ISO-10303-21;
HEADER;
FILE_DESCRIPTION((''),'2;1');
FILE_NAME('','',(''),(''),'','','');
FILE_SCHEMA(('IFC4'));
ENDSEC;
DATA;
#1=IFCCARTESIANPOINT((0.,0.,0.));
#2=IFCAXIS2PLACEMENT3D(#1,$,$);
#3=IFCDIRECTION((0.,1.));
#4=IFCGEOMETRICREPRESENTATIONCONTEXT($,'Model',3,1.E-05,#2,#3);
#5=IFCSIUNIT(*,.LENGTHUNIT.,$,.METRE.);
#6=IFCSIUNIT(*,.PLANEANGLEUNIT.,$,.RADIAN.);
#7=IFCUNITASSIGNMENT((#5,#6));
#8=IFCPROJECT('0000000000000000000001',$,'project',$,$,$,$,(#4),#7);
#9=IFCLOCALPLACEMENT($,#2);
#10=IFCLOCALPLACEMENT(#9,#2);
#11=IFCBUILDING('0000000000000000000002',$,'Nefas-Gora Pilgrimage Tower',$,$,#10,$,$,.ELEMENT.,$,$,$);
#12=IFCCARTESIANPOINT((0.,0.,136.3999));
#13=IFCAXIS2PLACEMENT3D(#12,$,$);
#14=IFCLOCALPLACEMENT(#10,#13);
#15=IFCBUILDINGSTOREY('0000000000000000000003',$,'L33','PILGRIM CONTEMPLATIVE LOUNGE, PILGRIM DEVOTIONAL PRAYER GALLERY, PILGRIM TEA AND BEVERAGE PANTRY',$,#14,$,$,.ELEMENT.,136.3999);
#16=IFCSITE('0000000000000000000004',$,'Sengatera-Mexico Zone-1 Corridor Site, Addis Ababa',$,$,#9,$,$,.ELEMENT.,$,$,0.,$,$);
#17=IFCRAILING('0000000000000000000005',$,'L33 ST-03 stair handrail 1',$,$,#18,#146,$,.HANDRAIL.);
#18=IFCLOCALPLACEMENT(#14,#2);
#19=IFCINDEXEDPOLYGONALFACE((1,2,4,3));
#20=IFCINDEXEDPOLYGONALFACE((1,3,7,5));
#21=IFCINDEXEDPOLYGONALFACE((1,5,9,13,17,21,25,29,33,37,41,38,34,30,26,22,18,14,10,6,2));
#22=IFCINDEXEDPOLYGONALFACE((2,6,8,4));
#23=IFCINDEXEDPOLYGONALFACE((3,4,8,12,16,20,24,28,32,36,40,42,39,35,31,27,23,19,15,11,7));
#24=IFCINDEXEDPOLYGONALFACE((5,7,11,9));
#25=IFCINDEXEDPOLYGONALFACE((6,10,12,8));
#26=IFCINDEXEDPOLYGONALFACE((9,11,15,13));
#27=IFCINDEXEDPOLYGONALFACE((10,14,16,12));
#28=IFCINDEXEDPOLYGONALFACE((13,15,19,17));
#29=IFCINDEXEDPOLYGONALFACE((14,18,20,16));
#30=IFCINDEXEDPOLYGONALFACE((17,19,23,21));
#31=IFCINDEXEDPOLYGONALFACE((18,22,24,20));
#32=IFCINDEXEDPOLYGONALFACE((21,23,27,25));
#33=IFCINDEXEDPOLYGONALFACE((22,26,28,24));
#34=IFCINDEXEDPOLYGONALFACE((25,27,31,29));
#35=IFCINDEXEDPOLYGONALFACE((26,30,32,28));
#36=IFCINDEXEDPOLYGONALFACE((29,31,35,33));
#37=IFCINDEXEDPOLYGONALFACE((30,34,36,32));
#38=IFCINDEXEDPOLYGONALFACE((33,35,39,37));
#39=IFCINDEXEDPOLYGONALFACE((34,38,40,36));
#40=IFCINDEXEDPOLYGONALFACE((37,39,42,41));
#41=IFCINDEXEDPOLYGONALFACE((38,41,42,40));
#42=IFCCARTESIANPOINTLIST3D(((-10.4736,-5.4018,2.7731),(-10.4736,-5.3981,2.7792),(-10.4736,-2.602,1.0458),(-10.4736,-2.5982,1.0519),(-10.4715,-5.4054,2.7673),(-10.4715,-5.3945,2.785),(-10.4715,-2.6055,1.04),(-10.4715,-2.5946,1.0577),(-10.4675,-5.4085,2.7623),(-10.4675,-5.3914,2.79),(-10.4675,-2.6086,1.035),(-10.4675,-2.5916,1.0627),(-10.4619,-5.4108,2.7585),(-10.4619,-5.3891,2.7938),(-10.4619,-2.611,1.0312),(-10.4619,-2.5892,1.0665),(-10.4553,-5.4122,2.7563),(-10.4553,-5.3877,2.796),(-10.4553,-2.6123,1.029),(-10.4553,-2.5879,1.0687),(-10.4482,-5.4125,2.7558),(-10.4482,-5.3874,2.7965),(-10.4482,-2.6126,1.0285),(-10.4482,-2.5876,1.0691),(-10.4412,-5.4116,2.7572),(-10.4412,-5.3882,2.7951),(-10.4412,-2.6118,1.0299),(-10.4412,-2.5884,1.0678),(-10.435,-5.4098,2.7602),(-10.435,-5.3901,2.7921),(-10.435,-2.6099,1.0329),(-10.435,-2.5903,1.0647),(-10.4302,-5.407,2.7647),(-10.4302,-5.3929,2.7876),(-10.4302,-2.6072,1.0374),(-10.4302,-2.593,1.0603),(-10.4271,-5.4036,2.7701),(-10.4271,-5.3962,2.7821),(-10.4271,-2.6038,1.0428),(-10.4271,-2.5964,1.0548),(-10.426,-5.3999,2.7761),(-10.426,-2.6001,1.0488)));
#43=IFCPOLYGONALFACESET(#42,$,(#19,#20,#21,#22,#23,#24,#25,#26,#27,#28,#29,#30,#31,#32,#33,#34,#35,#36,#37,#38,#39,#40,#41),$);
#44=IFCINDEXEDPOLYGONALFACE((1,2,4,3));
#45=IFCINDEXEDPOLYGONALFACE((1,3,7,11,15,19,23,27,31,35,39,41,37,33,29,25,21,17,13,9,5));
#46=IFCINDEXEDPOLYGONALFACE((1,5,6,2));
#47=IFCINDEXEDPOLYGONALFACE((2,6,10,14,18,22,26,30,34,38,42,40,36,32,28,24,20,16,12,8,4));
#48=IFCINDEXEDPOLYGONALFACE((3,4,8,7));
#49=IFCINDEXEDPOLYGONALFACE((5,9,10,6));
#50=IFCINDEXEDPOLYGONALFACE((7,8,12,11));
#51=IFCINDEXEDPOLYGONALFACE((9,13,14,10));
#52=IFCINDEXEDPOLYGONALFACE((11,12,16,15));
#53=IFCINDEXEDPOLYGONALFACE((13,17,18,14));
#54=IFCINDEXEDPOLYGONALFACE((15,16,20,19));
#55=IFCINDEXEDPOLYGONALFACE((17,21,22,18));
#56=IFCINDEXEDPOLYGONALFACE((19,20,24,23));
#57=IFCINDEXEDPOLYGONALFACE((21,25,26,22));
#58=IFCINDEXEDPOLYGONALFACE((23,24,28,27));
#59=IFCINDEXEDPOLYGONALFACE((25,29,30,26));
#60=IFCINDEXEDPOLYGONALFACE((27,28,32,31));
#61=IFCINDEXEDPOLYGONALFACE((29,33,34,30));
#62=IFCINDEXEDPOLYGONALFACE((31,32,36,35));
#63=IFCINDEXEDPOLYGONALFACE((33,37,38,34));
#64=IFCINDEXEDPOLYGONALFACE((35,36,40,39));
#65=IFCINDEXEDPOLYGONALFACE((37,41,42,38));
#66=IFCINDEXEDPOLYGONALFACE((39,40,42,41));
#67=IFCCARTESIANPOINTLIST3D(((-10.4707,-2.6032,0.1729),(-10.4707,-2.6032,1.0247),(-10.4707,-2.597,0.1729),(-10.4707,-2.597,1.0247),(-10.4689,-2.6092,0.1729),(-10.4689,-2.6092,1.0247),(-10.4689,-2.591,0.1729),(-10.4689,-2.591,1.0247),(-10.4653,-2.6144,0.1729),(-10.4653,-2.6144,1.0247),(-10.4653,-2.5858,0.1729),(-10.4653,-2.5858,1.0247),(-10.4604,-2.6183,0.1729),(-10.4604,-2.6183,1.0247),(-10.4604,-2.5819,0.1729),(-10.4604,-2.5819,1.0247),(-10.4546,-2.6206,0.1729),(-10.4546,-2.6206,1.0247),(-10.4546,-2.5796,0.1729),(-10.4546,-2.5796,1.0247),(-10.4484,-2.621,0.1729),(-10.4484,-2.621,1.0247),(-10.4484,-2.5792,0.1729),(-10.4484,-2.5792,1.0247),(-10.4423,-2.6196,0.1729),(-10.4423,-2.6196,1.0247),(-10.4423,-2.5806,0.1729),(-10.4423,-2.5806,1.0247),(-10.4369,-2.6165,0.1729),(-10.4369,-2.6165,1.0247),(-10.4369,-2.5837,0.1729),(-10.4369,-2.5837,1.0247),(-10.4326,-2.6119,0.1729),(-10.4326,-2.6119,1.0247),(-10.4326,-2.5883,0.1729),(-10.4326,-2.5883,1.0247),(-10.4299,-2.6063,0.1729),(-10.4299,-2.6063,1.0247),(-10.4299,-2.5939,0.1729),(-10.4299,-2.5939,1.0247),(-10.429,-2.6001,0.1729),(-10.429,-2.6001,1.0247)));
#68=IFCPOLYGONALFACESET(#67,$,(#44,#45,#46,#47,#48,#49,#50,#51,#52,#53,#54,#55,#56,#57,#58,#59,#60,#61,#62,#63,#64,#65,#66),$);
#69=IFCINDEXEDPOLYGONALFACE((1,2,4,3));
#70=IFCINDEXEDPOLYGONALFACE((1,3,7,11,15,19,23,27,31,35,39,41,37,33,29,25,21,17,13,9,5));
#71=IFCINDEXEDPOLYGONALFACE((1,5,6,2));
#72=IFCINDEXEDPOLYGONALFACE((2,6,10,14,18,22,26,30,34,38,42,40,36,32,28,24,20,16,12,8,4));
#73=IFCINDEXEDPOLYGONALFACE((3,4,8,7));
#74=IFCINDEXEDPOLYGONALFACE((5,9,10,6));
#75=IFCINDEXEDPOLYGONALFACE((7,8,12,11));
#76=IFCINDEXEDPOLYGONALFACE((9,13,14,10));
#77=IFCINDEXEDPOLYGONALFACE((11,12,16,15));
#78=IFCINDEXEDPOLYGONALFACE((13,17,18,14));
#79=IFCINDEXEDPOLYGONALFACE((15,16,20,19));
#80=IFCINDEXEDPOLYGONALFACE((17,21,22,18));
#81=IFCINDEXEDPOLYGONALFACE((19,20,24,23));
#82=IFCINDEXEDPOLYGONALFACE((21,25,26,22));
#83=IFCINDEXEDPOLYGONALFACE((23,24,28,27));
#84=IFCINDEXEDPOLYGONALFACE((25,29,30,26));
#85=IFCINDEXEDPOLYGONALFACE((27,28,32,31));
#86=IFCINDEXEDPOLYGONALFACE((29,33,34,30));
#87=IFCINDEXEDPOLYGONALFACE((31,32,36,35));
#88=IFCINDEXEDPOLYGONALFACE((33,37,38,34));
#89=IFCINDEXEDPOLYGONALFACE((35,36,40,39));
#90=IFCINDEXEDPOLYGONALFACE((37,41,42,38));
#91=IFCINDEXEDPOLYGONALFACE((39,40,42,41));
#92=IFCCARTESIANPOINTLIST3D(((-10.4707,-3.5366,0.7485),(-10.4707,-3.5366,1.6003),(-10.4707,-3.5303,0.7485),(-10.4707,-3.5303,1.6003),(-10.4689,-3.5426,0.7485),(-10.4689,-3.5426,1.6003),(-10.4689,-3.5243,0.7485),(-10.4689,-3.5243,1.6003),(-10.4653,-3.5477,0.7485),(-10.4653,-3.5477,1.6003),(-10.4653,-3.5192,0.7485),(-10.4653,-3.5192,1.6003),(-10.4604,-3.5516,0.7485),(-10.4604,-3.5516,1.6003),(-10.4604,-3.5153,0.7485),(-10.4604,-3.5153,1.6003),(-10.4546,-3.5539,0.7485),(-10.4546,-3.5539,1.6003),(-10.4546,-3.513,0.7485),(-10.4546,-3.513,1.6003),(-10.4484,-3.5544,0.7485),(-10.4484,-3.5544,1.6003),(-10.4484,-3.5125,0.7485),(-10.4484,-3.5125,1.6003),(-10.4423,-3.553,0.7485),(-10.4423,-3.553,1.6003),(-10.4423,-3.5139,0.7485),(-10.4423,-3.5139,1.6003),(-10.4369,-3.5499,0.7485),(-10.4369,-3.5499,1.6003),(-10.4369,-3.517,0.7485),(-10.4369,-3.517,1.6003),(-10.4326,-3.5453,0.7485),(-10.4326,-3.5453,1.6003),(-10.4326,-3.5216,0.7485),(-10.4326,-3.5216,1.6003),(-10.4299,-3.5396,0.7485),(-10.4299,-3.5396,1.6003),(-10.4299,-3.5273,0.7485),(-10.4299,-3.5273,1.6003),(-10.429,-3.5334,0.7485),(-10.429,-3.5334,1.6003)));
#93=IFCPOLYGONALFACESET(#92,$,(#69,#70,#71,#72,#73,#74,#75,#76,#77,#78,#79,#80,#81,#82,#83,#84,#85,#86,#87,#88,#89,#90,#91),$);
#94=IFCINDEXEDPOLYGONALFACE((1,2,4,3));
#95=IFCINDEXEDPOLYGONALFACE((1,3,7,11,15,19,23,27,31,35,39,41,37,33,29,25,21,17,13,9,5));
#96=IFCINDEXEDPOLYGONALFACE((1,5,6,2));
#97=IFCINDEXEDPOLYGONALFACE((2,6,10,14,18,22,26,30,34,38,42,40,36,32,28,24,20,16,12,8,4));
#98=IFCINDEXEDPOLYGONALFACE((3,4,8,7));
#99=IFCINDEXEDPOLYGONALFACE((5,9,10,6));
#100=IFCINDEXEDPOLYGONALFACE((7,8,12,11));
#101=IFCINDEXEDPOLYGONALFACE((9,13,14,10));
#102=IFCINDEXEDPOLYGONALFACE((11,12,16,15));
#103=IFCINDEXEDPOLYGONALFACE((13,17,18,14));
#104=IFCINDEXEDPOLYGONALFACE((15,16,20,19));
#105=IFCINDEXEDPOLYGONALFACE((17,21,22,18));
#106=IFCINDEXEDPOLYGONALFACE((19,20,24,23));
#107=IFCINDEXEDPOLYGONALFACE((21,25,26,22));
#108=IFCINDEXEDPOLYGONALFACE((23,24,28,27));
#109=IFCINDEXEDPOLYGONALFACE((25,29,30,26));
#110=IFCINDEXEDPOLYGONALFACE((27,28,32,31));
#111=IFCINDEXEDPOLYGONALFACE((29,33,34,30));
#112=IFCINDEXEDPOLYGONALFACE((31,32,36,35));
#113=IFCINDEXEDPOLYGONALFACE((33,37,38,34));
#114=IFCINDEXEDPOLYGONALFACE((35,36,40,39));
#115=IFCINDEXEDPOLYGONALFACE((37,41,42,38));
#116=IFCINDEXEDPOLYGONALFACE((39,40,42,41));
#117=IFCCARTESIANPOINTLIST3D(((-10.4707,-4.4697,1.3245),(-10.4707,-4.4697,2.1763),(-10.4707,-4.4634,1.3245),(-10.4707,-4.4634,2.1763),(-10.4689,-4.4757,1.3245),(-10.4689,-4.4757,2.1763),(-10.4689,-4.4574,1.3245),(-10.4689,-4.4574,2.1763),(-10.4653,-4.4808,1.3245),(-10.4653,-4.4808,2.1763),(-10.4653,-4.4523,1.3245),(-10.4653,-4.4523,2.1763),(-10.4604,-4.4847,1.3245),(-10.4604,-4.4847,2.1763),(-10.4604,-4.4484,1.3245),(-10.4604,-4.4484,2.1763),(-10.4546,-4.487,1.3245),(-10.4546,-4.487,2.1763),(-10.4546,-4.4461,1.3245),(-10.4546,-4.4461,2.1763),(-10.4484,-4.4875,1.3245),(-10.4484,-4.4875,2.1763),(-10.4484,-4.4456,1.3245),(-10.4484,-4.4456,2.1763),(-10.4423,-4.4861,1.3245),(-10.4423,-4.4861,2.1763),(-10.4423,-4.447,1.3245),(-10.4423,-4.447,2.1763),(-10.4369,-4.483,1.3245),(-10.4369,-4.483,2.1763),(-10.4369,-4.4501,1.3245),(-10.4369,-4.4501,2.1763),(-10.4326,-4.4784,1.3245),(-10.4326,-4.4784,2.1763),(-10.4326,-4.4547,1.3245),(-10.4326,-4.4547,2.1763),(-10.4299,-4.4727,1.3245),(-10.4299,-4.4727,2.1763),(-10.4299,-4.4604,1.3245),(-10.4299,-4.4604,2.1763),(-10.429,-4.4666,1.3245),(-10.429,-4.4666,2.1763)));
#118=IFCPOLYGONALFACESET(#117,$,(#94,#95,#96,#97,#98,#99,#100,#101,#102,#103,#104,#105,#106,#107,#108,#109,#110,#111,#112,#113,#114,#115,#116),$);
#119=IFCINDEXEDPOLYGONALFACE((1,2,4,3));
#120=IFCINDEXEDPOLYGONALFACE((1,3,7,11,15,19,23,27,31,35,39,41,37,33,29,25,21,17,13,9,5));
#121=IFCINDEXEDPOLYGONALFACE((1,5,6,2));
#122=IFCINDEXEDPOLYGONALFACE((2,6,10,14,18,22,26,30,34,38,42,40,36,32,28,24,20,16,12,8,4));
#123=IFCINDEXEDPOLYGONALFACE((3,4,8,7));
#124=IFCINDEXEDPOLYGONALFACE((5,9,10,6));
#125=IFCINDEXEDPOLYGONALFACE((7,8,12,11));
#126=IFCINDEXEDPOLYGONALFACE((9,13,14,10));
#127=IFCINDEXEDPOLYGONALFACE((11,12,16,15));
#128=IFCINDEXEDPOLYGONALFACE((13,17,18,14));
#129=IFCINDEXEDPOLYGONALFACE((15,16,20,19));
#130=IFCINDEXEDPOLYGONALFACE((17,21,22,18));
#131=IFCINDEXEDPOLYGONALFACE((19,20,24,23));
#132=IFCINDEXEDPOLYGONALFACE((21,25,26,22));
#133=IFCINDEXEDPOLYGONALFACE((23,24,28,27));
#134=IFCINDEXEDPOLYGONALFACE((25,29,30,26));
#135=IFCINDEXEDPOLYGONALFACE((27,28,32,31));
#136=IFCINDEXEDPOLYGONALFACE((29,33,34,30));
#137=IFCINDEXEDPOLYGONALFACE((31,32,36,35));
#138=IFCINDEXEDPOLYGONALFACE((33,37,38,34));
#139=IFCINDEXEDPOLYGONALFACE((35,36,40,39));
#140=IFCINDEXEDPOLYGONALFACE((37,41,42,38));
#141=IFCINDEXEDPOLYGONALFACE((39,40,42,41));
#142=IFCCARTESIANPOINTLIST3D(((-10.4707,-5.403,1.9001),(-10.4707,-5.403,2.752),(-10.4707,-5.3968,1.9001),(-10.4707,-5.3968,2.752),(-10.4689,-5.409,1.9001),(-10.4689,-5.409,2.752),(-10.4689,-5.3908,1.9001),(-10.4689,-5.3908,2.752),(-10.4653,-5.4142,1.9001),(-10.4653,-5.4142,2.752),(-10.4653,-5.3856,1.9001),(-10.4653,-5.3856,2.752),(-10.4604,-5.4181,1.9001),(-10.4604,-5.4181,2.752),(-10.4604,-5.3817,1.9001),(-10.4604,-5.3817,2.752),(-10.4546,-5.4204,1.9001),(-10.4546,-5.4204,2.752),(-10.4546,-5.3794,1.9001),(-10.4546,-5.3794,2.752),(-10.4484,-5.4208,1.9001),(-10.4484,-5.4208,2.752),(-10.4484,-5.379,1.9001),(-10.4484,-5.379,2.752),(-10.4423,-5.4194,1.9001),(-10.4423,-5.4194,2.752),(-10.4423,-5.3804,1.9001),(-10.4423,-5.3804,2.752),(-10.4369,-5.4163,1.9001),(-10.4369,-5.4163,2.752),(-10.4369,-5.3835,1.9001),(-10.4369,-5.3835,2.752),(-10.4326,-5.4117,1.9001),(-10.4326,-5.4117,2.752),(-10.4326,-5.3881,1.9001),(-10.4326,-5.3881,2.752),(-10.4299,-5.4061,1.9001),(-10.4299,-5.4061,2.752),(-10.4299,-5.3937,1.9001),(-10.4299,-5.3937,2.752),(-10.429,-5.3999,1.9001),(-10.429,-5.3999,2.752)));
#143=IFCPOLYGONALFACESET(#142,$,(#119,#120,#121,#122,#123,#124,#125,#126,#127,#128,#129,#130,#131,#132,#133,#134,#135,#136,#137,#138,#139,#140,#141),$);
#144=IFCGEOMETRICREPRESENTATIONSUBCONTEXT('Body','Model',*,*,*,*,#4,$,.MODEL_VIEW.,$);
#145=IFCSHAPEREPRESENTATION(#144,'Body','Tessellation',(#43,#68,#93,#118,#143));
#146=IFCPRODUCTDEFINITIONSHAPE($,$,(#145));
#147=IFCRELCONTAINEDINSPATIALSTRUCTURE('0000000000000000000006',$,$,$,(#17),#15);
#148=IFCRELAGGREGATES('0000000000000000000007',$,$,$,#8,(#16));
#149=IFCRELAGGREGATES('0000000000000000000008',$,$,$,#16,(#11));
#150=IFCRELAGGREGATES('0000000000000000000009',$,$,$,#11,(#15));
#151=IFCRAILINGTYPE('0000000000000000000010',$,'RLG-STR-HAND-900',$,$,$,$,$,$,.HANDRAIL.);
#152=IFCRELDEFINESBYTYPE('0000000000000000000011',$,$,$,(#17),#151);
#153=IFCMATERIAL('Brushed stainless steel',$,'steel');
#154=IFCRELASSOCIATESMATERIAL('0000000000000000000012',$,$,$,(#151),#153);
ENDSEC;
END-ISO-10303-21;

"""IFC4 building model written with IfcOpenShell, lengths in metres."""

from ifc_helpers import new_model, si_unit, direction, frame, origin, origin_2d, place, context, subcontext, project, spatial, circle, extrude, material, type_object, element, save


model = new_model("IFC4")

# Units and contexts
model_context = context("Model", 3, precision=1e-05, world=origin(), true_north=direction((0.0, 1.0)))
body_context = subcontext(model_context, "Body", "Model", "MODEL_VIEW")
ifc_project = project(units=[si_unit("LENGTHUNIT", "METRE"), si_unit("PLANEANGLEUNIT", "RADIAN")], contexts=[model_context])

# Site, building, storey
site_placement = place(None, origin())
site = spatial("IfcSite", under=ifc_project, at=site_placement, Name="Sengatera-Mexico Zone-1 Corridor Site, Addis Ababa", CompositionType="ELEMENT", RefElevation=0.0)
building_placement = place(site_placement, origin())
building = spatial("IfcBuilding", under=site, at=building_placement, Name="Nefas-Gora Pilgrimage Tower", CompositionType="ELEMENT")
storey_placement = place(building_placement, frame((0.0, 0.0, 136.3999)))
storey = spatial("IfcBuildingStorey", under=building, at=storey_placement, Name="L33", Description="PILGRIM CONTEMPLATIVE LOUNGE, PILGRIM DEVOTIONAL PRAYER GALLERY, PILGRIM TEA AND BEVERAGE PANTRY", CompositionType="ELEMENT", Elevation=136.3999)

# Railing
ifc_material_1 = material(Name="Brushed stainless steel", Category="steel")
railing_type_1 = type_object("IfcRailingType", Name="RLG-STR-HAND-900", PredefinedType="HANDRAIL", material=ifc_material_1)
railing_1_placement = place(storey_placement, frame((-10.45, -2.6001, 0.1729)))
element("IfcRailing", 1, at=railing_1_placement, inside=storey, type_object=railing_type_1, Name="L33 ST-03 stair handrail 1", PredefinedType="HANDRAIL", context=body_context, shape_type="SweptSolid", body=[
    extrude(circle(Radius=0.0239, at=origin_2d()), frame((0.0, 0.0, 0.876), z_axis=(0.0, -0.851069, 0.525054), x_axis=(1.0, 0.0, 0.0)), (0.0, 0.0, 1.0), 3.2898),
    extrude(circle(Radius=0.021, at=origin_2d()), origin(), (0.0, 0.0, 1.0), 0.8518),
    extrude(circle(Radius=0.021, at=origin_2d()), frame((0.0, -0.9333, 0.5757)), (0.0, 0.0, 1.0), 0.8518),
    extrude(circle(Radius=0.021, at=origin_2d()), frame((0.0, -1.8665, 1.1516)), (0.0, 0.0, 1.0), 0.8518),
    extrude(circle(Radius=0.021, at=origin_2d()), frame((0.0, -2.7998, 1.7273)), (0.0, 0.0, 1.0), 0.8518),
])

save(model, "model.ifc")
